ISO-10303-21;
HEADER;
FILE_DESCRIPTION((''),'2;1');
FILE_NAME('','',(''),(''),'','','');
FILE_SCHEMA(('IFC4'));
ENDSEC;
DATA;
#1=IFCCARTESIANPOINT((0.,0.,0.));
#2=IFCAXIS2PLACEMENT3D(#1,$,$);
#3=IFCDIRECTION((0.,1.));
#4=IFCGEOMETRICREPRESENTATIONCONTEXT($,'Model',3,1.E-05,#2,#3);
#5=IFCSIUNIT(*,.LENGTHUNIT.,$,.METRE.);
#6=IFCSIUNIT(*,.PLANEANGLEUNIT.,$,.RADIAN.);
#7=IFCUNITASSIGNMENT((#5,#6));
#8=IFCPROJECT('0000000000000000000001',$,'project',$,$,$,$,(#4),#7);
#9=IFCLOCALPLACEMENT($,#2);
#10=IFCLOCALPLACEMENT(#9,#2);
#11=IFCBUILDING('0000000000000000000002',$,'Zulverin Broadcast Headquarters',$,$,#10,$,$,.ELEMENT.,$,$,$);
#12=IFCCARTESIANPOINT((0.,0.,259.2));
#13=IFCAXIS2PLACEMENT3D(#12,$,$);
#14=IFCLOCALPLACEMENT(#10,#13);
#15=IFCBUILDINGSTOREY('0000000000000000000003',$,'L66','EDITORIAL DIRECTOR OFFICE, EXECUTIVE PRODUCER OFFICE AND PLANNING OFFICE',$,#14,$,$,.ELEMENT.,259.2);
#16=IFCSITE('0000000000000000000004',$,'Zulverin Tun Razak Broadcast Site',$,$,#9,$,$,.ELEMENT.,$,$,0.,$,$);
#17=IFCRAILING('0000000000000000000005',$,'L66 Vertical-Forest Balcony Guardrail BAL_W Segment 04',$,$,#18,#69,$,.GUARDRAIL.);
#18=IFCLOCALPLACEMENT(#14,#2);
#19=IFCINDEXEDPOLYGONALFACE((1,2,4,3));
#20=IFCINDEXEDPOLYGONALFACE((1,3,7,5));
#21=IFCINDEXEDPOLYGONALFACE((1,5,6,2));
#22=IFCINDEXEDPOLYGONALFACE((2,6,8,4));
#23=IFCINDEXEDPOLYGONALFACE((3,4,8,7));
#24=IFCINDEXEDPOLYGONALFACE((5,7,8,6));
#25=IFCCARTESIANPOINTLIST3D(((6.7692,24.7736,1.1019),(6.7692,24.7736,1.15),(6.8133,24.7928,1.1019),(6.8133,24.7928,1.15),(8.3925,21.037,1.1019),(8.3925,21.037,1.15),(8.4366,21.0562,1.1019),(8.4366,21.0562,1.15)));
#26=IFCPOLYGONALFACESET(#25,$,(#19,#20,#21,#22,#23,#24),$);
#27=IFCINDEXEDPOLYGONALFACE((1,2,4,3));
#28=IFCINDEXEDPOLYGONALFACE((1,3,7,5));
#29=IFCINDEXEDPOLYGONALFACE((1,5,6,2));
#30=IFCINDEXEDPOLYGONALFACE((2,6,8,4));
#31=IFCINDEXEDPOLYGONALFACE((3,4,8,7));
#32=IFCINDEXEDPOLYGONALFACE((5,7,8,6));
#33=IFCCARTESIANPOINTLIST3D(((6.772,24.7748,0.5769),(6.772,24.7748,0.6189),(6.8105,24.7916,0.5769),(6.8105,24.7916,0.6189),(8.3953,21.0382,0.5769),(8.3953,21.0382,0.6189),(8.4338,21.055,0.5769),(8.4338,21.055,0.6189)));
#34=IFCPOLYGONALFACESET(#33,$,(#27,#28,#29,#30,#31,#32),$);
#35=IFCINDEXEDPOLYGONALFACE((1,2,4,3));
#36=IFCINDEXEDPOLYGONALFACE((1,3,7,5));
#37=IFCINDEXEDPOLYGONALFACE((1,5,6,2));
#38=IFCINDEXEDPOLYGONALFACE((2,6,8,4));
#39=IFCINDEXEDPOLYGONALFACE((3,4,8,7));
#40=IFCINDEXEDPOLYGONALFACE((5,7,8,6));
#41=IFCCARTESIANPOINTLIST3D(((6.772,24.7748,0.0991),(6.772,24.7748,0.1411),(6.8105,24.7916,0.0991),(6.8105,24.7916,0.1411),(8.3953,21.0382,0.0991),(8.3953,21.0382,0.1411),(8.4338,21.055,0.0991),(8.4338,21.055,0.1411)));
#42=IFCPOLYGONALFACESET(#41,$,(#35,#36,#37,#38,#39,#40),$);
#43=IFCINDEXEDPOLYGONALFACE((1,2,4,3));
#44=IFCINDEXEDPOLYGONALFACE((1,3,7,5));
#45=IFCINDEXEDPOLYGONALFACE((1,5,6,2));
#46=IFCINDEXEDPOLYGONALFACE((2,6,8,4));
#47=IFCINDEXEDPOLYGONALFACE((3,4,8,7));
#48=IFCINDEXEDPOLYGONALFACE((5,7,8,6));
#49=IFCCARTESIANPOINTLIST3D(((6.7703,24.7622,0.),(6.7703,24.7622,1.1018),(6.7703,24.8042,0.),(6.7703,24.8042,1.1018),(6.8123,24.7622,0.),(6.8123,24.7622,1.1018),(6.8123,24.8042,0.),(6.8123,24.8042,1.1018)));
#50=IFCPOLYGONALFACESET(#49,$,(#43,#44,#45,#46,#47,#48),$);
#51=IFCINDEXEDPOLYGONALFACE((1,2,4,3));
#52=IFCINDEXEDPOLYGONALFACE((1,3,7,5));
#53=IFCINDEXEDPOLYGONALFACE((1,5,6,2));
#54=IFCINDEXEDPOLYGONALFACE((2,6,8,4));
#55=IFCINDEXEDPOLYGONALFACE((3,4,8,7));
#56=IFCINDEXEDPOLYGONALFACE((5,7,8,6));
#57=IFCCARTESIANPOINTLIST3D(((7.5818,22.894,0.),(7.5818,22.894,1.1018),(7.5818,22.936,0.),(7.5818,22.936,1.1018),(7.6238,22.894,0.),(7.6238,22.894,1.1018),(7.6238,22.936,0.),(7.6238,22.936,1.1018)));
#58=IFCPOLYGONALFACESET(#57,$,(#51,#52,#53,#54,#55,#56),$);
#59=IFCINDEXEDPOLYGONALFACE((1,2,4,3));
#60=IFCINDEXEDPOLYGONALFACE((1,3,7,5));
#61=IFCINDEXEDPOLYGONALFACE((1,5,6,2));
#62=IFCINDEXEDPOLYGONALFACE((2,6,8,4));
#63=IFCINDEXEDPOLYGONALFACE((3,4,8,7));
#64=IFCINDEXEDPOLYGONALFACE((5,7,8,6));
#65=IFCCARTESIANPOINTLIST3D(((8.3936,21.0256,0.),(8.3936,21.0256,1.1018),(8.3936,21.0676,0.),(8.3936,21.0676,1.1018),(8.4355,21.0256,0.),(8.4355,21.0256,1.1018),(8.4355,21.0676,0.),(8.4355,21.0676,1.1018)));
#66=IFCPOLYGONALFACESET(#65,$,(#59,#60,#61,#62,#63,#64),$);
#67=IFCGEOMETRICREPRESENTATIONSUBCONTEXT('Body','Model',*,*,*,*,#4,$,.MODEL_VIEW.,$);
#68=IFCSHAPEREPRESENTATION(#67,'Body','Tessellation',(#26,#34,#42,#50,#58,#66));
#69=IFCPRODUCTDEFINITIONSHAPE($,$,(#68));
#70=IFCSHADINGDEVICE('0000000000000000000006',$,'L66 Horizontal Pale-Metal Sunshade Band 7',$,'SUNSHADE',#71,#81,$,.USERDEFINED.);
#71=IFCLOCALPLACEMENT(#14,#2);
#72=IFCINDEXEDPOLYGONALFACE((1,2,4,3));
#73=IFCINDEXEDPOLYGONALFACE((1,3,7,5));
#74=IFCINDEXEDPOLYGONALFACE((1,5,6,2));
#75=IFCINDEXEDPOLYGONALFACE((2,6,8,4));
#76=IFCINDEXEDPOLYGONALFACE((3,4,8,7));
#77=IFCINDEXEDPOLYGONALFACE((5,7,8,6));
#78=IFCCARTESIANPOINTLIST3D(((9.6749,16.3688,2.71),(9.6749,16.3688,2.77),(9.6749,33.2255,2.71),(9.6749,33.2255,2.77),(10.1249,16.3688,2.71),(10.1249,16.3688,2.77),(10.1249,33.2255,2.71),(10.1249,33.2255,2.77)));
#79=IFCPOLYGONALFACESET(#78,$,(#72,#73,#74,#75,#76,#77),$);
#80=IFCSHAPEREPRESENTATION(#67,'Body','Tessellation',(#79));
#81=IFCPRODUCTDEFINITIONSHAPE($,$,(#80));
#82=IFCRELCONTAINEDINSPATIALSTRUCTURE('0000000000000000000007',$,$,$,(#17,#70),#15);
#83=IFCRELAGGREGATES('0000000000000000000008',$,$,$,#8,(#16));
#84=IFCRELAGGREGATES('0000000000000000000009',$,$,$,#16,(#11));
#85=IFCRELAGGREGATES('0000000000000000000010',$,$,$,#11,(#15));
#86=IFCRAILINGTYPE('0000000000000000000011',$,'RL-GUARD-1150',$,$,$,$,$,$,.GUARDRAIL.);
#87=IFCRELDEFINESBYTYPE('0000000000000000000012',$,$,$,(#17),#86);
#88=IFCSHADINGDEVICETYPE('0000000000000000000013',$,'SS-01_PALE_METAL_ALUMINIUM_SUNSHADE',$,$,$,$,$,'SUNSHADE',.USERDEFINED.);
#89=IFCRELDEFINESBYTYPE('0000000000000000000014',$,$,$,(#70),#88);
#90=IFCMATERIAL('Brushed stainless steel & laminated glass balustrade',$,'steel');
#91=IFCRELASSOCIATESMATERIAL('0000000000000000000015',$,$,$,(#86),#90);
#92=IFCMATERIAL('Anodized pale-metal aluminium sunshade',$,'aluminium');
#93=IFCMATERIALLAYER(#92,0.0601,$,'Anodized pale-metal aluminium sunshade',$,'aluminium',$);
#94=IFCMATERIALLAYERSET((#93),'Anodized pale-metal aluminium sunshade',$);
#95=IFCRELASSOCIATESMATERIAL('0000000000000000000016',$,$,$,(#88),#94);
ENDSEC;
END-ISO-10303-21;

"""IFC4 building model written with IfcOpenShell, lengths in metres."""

from ifc_helpers import new_model, si_unit, direction, frame, origin, origin_2d, place, context, subcontext, project, spatial, rectangle, extrude, material, layer, layer_set, type_object, element, save


model = new_model("IFC4")

# Units and contexts
model_context = context("Model", 3, precision=1e-05, world=origin(), true_north=direction((0.0, 1.0)))
body_context = subcontext(model_context, "Body", "Model", "MODEL_VIEW")
ifc_project = project(units=[si_unit("LENGTHUNIT", "METRE"), si_unit("PLANEANGLEUNIT", "RADIAN")], contexts=[model_context])

# Site, building, storey
site_placement = place(None, origin())
site = spatial("IfcSite", under=ifc_project, at=site_placement, Name="Zulverin Tun Razak Broadcast Site", CompositionType="ELEMENT", RefElevation=0.0)
building_placement = place(site_placement, origin())
building = spatial("IfcBuilding", under=site, at=building_placement, Name="Zulverin Broadcast Headquarters", CompositionType="ELEMENT")
storey_placement = place(building_placement, frame((0.0, 0.0, 259.2)))
storey = spatial("IfcBuildingStorey", under=building, at=storey_placement, Name="L66", Description="EDITORIAL DIRECTOR OFFICE, EXECUTIVE PRODUCER OFFICE AND PLANNING OFFICE", CompositionType="ELEMENT", Elevation=259.2)

# Railing
ifc_material_1 = material(Name="Brushed stainless steel & laminated glass balustrade", Category="steel")
railing_type = type_object("IfcRailingType", Name="RL-GUARD-1150", PredefinedType="GUARDRAIL", material=ifc_material_1)
railing_1_placement = place(storey_placement, frame((6.7913, 24.7832, 0.0)))
element("IfcRailing", 1, at=railing_1_placement, inside=storey, type_object=railing_type, Name="L66 Vertical-Forest Balcony Guardrail BAL_W Segment 04", PredefinedType="GUARDRAIL", context=body_context, shape_type="SweptSolid", body=[
    extrude(rectangle(XDim=0.0481, YDim=0.0481, at=origin_2d()), frame((0.0, 0.0, 1.126), z_axis=(0.398457, -0.917187, 0.0), x_axis=(0.917187, 0.398457, 0.0)), (0.0, 0.0, 1.0), 4.074),
    extrude(rectangle(XDim=0.042, YDim=0.042, at=origin_2d()), frame((0.0, 0.0, 0.5979), z_axis=(0.398457, -0.917187, 0.0), x_axis=(0.917187, 0.398457, 0.0)), (0.0, 0.0, 1.0), 4.074),
    extrude(rectangle(XDim=0.042, YDim=0.042, at=origin_2d()), frame((0.0, 0.0, 0.1201), z_axis=(0.398457, -0.917187, 0.0), x_axis=(0.917187, 0.398457, 0.0)), (0.0, 0.0, 1.0), 4.074),
    extrude(rectangle(XDim=0.042, YDim=0.042, at=origin_2d()), origin(), (0.0, 0.0, 1.0), 1.1018),
    extrude(rectangle(XDim=0.042, YDim=0.042, at=origin_2d()), frame((0.8115, -1.8682, 0.0)), (0.0, 0.0, 1.0), 1.1018),
    extrude(rectangle(XDim=0.042, YDim=0.042, at=origin_2d()), frame((1.6233, -3.7366, 0.0)), (0.0, 0.0, 1.0), 1.1018),
])

# Shading device
ifc_material_2 = material(Name="Anodized pale-metal aluminium sunshade", Category="aluminium")
ifc_layer_1 = layer(ifc_material_2, 0.0601, Name="Anodized pale-metal aluminium sunshade", Category="aluminium")
ifc_layer_set_1 = layer_set([ifc_layer_1], Name="Anodized pale-metal aluminium sunshade")
shading_device_type = type_object("IfcShadingDeviceType", Name="SS-01_PALE_METAL_ALUMINIUM_SUNSHADE", ElementType="SUNSHADE", PredefinedType="USERDEFINED", material=ifc_layer_set_1)
shading_device_placement = place(storey_placement, frame((9.8999, 24.7971, 2.71), z_axis=(0.0, 0.0, 1.0), x_axis=(0.0, -1.0, 0.0)))
element("IfcShadingDevice", 2, at=shading_device_placement, inside=storey, type_object=shading_device_type, Name="L66 Horizontal Pale-Metal Sunshade Band 7", ObjectType="SUNSHADE", PredefinedType="USERDEFINED", context=body_context, shape_type="SweptSolid", body=[
    extrude(rectangle(XDim=16.8567, YDim=0.45, at=origin_2d()), origin(), (0.0, 0.0, 1.0), 0.0601),
])

save(model, "model.ifc")
